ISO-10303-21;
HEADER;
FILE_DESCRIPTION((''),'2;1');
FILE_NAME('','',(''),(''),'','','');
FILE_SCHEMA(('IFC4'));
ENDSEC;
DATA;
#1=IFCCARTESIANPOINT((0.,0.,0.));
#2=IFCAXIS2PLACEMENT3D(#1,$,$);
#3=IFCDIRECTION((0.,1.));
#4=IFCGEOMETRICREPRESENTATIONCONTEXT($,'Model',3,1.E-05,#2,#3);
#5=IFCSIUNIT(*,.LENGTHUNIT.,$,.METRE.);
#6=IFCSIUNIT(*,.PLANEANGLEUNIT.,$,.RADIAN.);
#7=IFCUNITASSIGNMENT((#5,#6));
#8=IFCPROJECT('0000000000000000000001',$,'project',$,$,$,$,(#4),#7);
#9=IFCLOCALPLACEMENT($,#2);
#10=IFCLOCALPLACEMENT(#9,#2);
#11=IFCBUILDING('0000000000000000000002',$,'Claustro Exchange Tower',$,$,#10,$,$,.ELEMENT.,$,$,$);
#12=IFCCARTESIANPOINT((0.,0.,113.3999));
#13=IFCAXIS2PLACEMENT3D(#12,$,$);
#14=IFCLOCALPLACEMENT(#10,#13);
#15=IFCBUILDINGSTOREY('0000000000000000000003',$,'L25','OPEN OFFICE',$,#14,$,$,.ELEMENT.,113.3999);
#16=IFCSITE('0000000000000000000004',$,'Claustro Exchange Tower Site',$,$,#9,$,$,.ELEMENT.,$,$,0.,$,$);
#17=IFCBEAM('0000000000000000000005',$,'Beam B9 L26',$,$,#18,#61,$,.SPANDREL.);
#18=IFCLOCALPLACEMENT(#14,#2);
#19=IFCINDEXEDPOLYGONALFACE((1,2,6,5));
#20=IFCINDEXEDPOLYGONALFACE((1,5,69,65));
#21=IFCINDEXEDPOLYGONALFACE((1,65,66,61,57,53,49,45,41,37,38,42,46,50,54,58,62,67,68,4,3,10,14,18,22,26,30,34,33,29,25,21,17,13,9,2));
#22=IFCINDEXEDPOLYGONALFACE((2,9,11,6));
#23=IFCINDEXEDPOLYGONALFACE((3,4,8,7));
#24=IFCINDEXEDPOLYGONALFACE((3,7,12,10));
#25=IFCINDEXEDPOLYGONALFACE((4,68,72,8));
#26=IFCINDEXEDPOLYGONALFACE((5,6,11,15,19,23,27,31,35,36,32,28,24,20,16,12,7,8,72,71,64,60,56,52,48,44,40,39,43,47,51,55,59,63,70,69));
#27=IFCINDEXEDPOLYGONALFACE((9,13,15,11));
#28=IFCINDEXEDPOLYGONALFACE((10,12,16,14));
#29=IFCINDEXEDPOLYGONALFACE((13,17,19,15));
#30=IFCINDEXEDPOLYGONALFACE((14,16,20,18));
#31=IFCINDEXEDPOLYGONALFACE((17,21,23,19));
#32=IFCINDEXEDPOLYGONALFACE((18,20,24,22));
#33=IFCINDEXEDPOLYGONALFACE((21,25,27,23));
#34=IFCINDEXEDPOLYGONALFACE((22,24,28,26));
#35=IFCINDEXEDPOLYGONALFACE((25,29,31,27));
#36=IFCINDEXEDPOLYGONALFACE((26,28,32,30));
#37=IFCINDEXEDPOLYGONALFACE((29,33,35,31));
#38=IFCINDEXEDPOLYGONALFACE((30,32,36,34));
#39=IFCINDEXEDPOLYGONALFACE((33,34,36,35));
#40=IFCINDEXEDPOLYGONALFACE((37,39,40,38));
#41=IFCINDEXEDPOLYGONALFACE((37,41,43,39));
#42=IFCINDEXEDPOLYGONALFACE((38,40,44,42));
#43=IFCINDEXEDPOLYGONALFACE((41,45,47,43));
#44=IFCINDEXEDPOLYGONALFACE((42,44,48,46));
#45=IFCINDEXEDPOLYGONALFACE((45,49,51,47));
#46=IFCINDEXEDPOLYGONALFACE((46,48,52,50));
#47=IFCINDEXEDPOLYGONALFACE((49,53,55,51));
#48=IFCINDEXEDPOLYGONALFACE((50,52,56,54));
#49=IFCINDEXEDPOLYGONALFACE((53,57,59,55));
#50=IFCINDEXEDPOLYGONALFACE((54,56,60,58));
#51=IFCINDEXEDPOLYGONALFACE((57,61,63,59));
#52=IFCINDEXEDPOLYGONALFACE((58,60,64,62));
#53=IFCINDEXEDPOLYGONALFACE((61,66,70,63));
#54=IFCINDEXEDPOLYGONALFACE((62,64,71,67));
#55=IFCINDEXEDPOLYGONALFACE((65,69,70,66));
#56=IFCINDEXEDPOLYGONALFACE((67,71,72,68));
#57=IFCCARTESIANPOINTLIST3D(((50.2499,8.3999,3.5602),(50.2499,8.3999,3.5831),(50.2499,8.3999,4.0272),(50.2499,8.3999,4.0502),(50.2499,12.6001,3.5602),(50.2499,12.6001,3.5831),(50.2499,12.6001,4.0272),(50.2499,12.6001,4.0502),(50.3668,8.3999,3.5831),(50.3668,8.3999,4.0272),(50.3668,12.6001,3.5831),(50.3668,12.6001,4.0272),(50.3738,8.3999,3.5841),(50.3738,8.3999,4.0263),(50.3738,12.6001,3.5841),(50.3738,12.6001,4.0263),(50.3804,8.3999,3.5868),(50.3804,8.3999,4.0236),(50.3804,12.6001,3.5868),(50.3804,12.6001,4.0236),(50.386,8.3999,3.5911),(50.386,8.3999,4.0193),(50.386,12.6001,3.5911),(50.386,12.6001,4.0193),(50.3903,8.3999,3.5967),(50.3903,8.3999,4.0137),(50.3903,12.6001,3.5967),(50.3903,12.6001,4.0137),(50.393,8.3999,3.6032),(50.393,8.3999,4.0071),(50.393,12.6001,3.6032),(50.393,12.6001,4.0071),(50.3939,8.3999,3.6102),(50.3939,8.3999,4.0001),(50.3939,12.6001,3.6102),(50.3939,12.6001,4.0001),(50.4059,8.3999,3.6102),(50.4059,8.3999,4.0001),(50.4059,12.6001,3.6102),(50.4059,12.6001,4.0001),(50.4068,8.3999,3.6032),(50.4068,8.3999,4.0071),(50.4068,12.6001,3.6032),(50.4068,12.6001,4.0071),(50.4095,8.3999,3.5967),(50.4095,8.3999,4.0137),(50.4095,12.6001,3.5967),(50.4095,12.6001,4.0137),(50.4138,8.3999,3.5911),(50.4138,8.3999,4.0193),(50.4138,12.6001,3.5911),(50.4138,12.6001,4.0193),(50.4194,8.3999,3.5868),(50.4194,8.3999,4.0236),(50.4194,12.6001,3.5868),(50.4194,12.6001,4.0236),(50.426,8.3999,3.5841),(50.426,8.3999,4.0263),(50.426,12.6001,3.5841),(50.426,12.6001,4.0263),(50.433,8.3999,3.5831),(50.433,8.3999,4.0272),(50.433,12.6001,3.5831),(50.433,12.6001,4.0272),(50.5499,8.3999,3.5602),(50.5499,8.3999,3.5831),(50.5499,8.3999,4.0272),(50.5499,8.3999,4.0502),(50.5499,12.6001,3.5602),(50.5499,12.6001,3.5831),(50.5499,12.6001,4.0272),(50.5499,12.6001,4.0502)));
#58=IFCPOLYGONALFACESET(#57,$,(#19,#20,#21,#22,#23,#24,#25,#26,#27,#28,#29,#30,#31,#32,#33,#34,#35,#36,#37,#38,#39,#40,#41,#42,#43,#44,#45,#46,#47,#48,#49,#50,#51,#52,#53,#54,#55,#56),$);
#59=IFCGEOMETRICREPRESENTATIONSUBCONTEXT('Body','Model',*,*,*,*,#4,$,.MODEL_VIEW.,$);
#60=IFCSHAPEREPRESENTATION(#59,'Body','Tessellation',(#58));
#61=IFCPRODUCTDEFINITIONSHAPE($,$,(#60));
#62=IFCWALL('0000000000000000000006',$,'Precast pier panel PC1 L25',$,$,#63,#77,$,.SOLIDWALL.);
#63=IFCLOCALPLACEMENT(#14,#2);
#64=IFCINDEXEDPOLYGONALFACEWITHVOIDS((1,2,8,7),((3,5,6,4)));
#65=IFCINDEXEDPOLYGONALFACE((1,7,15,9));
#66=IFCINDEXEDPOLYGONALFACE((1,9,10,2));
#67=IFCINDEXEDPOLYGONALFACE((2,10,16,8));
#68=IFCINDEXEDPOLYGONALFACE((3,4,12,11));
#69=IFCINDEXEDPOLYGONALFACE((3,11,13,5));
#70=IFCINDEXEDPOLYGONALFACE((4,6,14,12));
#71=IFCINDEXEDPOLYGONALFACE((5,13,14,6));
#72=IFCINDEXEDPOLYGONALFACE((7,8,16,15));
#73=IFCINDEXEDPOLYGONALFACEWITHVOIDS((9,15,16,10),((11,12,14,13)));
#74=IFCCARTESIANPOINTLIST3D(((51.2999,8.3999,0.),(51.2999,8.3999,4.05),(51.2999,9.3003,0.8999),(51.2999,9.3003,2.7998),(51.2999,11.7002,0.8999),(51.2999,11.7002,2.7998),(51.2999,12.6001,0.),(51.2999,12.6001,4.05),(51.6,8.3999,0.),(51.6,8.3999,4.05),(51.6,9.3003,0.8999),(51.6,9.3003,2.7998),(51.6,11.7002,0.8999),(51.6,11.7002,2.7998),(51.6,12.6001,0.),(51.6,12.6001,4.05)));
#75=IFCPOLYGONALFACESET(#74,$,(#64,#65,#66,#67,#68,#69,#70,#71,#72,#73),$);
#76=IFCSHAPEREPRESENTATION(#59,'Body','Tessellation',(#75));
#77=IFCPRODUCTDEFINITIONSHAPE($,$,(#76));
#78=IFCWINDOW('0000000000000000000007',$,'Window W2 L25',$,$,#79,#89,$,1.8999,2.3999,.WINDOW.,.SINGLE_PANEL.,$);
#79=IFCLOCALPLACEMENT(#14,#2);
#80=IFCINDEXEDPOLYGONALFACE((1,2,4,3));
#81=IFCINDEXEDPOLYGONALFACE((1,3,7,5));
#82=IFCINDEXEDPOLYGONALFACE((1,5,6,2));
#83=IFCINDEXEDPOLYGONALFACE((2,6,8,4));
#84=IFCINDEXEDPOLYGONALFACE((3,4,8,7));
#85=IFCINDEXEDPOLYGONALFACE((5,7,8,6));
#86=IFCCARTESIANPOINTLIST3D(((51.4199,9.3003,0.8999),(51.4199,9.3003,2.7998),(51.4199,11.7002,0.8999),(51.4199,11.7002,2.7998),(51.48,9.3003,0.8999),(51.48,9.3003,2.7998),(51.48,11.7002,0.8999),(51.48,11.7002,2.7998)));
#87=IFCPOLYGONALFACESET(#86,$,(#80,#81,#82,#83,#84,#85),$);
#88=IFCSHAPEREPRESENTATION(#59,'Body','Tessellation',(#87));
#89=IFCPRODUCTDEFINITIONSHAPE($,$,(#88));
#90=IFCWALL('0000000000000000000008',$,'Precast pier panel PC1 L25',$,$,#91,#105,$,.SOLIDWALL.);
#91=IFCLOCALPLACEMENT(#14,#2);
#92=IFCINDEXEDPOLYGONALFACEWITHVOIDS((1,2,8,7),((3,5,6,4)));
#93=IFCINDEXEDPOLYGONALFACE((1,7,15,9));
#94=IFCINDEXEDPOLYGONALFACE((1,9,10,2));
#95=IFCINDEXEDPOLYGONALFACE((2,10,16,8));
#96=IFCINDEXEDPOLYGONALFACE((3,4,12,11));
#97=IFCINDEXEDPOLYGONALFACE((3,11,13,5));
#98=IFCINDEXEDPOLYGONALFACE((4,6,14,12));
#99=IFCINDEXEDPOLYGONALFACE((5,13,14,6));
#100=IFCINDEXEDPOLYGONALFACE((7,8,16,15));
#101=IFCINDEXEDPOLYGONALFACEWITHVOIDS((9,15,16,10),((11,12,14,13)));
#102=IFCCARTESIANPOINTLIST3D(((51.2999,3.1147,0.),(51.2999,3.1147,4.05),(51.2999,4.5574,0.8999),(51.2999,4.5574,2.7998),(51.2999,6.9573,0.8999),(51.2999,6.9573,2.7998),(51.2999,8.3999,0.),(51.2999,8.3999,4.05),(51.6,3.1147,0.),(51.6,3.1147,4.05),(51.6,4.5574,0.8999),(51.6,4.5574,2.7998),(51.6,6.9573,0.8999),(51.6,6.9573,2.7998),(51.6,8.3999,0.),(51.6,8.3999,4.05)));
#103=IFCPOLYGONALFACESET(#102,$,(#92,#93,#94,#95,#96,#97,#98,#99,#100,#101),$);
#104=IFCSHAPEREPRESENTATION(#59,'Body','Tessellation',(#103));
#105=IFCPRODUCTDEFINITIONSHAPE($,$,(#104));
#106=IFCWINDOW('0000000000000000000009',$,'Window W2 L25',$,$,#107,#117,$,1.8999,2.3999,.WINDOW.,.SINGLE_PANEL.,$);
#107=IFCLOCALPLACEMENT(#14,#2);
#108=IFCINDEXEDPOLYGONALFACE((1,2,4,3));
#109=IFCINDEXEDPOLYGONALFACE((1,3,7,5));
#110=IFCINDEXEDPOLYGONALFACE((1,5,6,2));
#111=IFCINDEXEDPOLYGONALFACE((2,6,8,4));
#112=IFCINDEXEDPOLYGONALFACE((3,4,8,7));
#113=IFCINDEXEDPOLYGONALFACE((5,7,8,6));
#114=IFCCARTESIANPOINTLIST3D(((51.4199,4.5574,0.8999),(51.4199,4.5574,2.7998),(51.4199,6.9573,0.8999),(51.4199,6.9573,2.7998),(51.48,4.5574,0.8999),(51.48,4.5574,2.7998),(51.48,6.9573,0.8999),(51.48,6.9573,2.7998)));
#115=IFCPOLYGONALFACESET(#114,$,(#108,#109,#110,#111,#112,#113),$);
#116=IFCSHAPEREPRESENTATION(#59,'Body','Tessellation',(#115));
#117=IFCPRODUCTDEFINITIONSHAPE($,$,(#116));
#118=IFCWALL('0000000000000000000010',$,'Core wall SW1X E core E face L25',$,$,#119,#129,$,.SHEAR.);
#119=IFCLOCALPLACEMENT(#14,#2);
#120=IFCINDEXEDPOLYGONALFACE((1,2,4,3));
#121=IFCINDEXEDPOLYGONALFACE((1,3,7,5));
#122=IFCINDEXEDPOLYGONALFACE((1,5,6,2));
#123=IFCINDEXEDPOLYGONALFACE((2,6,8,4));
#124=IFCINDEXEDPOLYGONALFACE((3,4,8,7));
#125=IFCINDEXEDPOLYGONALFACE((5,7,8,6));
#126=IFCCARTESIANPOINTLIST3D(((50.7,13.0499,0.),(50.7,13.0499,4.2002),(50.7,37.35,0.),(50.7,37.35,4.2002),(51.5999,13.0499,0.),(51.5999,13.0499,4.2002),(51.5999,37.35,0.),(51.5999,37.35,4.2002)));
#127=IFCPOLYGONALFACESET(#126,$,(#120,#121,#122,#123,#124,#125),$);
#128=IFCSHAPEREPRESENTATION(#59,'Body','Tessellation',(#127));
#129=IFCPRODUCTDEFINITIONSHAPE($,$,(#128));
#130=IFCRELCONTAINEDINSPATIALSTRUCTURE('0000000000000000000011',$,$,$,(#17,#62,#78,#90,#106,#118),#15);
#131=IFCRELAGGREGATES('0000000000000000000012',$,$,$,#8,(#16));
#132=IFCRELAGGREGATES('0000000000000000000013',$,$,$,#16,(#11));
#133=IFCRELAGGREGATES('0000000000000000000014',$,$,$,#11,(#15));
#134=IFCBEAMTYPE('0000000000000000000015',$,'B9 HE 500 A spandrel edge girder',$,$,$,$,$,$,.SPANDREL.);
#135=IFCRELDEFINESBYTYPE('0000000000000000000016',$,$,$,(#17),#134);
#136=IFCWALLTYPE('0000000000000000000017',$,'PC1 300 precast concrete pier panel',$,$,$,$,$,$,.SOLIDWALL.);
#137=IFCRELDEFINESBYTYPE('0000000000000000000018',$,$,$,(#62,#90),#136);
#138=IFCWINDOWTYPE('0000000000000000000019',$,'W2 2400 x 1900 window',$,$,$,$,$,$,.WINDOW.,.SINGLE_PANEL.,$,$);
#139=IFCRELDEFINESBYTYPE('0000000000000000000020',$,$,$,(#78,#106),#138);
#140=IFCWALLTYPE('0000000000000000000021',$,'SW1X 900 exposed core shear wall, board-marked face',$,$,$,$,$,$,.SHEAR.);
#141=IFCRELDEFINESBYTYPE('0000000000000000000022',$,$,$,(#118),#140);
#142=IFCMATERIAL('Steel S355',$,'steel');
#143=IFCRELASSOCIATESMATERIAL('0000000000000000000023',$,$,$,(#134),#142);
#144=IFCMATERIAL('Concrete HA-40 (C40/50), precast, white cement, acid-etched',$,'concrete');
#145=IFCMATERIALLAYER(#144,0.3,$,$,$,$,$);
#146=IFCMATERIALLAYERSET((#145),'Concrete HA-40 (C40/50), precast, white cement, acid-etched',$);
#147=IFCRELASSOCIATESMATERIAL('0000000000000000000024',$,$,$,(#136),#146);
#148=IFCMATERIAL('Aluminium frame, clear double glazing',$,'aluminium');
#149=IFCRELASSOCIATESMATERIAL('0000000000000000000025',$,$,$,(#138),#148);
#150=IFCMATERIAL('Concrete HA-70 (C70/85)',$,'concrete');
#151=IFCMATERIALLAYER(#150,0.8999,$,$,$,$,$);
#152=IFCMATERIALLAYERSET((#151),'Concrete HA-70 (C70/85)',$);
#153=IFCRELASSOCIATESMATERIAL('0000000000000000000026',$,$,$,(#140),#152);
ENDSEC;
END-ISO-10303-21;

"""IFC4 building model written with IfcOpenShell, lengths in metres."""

from ifc_helpers import new_model, si_unit, direction, frame, frame_2d, origin, origin_2d, place, context, subcontext, project, spatial, rectangle, i_section, extrude, material, layer, layer_set, material_profile, profile_set, type_object, element, fill, save


model = new_model("IFC4")

# Units and contexts
model_context = context("Model", 3, precision=1e-05, world=origin(), true_north=direction((0.0, 1.0)))
body_context = subcontext(model_context, "Body", "Model", "MODEL_VIEW")
ifc_project = project(units=[si_unit("LENGTHUNIT", "METRE"), si_unit("PLANEANGLEUNIT", "RADIAN")], contexts=[model_context])

# Site, building, storey
site_placement = place(None, origin())
site = spatial("IfcSite", under=ifc_project, at=site_placement, Name="Claustro Exchange Tower Site", CompositionType="ELEMENT", RefElevation=0.0)
building_placement = place(site_placement, origin())
building = spatial("IfcBuilding", under=site, at=building_placement, Name="Claustro Exchange Tower", CompositionType="ELEMENT")
storey_placement = place(building_placement, frame((0.0, 0.0, 113.3999)))
storey = spatial("IfcBuildingStorey", under=building, at=storey_placement, Name="L25", Description="OPEN OFFICE", CompositionType="ELEMENT", Elevation=113.3999)

# Beam
ifc_material_1 = material(Name="Steel S355", Category="steel")
ifc_material_profile_1 = material_profile(ifc_material_1, i_section(OverallWidth=0.3, OverallDepth=0.49, WebThickness=0.012, FlangeThickness=0.0229, FilletRadius=0.0271, at=origin_2d()), Name="HE 500 A")
ifc_profile_set_1 = profile_set([ifc_material_profile_1], Name="Steel S355")
beam_type_1 = type_object("IfcBeamType", Name="B9 HE 500 A spandrel edge girder", PredefinedType="SPANDREL", material=ifc_profile_set_1)
beam_1_placement = place(storey_placement, frame((50.3999, 8.3999, 3.8052), z_axis=(0.0, 1.0, 0.0), x_axis=(-1.0, 0.0, 0.0)))
element("IfcBeam", 1, at=beam_1_placement, inside=storey, type_object=beam_type_1, Name="Beam B9 L26", PredefinedType="SPANDREL", context=body_context, shape_type="SweptSolid", body=[
    extrude(i_section(OverallWidth=0.3, OverallDepth=0.49, WebThickness=0.012, FlangeThickness=0.0229, FilletRadius=0.0271, at=origin_2d()), origin(), (0.0, 0.0, 1.0), 4.2002),
])

# Walls, openings, windows
ifc_material_2 = material(Name="Concrete HA-40 (C40/50), precast, white cement, acid-etched", Category="concrete")
ifc_layer_1 = layer(ifc_material_2, 0.3)
ifc_layer_set_1 = layer_set([ifc_layer_1], Name="Concrete HA-40 (C40/50), precast, white cement, acid-etched")
wall_type_1 = type_object("IfcWallType", Name="PC1 300 precast concrete pier panel", PredefinedType="SOLIDWALL", material=ifc_layer_set_1)
wall_1_placement = place(storey_placement, frame((51.45, 12.6001, 0.0), z_axis=(0.0, 0.0, 1.0), x_axis=(0.0, -1.0, 0.0)))
wall_1 = element("IfcWall", 2, at=wall_1_placement, inside=storey, type_object=wall_type_1, Name="Precast pier panel PC1 L25", PredefinedType="SOLIDWALL", context=body_context, shape_type="SweptSolid", body=[
    extrude(rectangle(XDim=4.2002, YDim=0.3, at=frame_2d((2.1001, 0.0))), origin(), (0.0, 0.0, 1.0), 4.05),
])
opening_1_placement = place(wall_1_placement, frame((0.8999, 0.0, 0.8999)))
opening_1 = element("IfcOpeningElement", 3, at=opening_1_placement, cuts=wall_1, PredefinedType="OPENING", context=body_context, shape_type="SweptSolid", body=[
    extrude(rectangle(XDim=2.3999, YDim=1.8999, at=frame_2d((1.2, 0.95))), frame((0.0, 0.1599, 0.0), z_axis=(0.0, -1.0, 0.0), x_axis=(1.0, 0.0, 0.0)), (0.0, 0.0, 1.0), 0.3201),
])
ifc_material_3 = material(Name="Aluminium frame, clear double glazing", Category="aluminium")
window_type = type_object("IfcWindowType", Name="W2 2400 x 1900 window", PartitioningType="SINGLE_PANEL", PredefinedType="WINDOW", material=ifc_material_3)
window_1_placement = place(opening_1_placement, origin())
window_1 = element("IfcWindow", 4, at=window_1_placement, inside=storey, type_object=window_type, Name="Window W2 L25", OverallHeight=1.8999, OverallWidth=2.3999, PartitioningType="SINGLE_PANEL", PredefinedType="WINDOW", context=body_context, shape_type="SweptSolid", body=[
    extrude(rectangle(XDim=2.3999, YDim=1.8999, at=frame_2d((1.2, 0.95))), frame((0.0, 0.03, 0.0), z_axis=(0.0, -1.0, 0.0), x_axis=(1.0, 0.0, 0.0)), (0.0, 0.0, 1.0), 0.0601),
])
fill(opening_1, window_1)
wall_2_placement = place(storey_placement, frame((51.45, 8.3999, 0.0), z_axis=(0.0, 0.0, 1.0), x_axis=(0.0, -1.0, 0.0)))
wall_2 = element("IfcWall", 5, at=wall_2_placement, inside=storey, type_object=wall_type_1, Name="Precast pier panel PC1 L25", PredefinedType="SOLIDWALL", context=body_context, shape_type="SweptSolid", body=[
    extrude(rectangle(XDim=5.2852, YDim=0.3, at=frame_2d((2.6426, 0.0))), origin(), (0.0, 0.0, 1.0), 4.05),
])
opening_2_placement = place(wall_2_placement, frame((1.4426, 0.0, 0.8999)))
opening_2 = element("IfcOpeningElement", 6, at=opening_2_placement, cuts=wall_2, PredefinedType="OPENING", context=body_context, shape_type="SweptSolid", body=[
    extrude(rectangle(XDim=2.3999, YDim=1.8999, at=frame_2d((1.2, 0.95))), frame((0.0, 0.1599, 0.0), z_axis=(0.0, -1.0, 0.0), x_axis=(1.0, 0.0, 0.0)), (0.0, 0.0, 1.0), 0.3201),
])
window_2_placement = place(opening_2_placement, origin())
window_2 = element("IfcWindow", 7, at=window_2_placement, inside=storey, type_object=window_type, Name="Window W2 L25", OverallHeight=1.8999, OverallWidth=2.3999, PartitioningType="SINGLE_PANEL", PredefinedType="WINDOW", context=body_context, shape_type="SweptSolid", body=[
    extrude(rectangle(XDim=2.3999, YDim=1.8999, at=frame_2d((1.2, 0.95))), frame((0.0, 0.03, 0.0), z_axis=(0.0, -1.0, 0.0), x_axis=(1.0, 0.0, 0.0)), (0.0, 0.0, 1.0), 0.0601),
])
fill(opening_2, window_2)

# Wall
ifc_material_4 = material(Name="Concrete HA-70 (C70/85)", Category="concrete")
ifc_layer_2 = layer(ifc_material_4, 0.8999)
ifc_layer_set_2 = layer_set([ifc_layer_2], Name="Concrete HA-70 (C70/85)")
wall_type_2 = type_object("IfcWallType", Name="SW1X 900 exposed core shear wall, board-marked face", PredefinedType="SHEAR", material=ifc_layer_set_2)
wall_3_placement = place(storey_placement, frame((51.1499, 13.05, 0.0), z_axis=(0.0, 0.0, 1.0), x_axis=(0.0, 1.0, 0.0)))
element("IfcWall", 8, at=wall_3_placement, inside=storey, type_object=wall_type_2, Name="Core wall SW1X E core E face L25", PredefinedType="SHEAR", context=body_context, shape_type="SweptSolid", body=[
    extrude(rectangle(XDim=24.3, YDim=0.8999, at=frame_2d((12.1499, 0.0))), origin(), (0.0, 0.0, 1.0), 4.2002),
])

save(model, "model.ifc")
